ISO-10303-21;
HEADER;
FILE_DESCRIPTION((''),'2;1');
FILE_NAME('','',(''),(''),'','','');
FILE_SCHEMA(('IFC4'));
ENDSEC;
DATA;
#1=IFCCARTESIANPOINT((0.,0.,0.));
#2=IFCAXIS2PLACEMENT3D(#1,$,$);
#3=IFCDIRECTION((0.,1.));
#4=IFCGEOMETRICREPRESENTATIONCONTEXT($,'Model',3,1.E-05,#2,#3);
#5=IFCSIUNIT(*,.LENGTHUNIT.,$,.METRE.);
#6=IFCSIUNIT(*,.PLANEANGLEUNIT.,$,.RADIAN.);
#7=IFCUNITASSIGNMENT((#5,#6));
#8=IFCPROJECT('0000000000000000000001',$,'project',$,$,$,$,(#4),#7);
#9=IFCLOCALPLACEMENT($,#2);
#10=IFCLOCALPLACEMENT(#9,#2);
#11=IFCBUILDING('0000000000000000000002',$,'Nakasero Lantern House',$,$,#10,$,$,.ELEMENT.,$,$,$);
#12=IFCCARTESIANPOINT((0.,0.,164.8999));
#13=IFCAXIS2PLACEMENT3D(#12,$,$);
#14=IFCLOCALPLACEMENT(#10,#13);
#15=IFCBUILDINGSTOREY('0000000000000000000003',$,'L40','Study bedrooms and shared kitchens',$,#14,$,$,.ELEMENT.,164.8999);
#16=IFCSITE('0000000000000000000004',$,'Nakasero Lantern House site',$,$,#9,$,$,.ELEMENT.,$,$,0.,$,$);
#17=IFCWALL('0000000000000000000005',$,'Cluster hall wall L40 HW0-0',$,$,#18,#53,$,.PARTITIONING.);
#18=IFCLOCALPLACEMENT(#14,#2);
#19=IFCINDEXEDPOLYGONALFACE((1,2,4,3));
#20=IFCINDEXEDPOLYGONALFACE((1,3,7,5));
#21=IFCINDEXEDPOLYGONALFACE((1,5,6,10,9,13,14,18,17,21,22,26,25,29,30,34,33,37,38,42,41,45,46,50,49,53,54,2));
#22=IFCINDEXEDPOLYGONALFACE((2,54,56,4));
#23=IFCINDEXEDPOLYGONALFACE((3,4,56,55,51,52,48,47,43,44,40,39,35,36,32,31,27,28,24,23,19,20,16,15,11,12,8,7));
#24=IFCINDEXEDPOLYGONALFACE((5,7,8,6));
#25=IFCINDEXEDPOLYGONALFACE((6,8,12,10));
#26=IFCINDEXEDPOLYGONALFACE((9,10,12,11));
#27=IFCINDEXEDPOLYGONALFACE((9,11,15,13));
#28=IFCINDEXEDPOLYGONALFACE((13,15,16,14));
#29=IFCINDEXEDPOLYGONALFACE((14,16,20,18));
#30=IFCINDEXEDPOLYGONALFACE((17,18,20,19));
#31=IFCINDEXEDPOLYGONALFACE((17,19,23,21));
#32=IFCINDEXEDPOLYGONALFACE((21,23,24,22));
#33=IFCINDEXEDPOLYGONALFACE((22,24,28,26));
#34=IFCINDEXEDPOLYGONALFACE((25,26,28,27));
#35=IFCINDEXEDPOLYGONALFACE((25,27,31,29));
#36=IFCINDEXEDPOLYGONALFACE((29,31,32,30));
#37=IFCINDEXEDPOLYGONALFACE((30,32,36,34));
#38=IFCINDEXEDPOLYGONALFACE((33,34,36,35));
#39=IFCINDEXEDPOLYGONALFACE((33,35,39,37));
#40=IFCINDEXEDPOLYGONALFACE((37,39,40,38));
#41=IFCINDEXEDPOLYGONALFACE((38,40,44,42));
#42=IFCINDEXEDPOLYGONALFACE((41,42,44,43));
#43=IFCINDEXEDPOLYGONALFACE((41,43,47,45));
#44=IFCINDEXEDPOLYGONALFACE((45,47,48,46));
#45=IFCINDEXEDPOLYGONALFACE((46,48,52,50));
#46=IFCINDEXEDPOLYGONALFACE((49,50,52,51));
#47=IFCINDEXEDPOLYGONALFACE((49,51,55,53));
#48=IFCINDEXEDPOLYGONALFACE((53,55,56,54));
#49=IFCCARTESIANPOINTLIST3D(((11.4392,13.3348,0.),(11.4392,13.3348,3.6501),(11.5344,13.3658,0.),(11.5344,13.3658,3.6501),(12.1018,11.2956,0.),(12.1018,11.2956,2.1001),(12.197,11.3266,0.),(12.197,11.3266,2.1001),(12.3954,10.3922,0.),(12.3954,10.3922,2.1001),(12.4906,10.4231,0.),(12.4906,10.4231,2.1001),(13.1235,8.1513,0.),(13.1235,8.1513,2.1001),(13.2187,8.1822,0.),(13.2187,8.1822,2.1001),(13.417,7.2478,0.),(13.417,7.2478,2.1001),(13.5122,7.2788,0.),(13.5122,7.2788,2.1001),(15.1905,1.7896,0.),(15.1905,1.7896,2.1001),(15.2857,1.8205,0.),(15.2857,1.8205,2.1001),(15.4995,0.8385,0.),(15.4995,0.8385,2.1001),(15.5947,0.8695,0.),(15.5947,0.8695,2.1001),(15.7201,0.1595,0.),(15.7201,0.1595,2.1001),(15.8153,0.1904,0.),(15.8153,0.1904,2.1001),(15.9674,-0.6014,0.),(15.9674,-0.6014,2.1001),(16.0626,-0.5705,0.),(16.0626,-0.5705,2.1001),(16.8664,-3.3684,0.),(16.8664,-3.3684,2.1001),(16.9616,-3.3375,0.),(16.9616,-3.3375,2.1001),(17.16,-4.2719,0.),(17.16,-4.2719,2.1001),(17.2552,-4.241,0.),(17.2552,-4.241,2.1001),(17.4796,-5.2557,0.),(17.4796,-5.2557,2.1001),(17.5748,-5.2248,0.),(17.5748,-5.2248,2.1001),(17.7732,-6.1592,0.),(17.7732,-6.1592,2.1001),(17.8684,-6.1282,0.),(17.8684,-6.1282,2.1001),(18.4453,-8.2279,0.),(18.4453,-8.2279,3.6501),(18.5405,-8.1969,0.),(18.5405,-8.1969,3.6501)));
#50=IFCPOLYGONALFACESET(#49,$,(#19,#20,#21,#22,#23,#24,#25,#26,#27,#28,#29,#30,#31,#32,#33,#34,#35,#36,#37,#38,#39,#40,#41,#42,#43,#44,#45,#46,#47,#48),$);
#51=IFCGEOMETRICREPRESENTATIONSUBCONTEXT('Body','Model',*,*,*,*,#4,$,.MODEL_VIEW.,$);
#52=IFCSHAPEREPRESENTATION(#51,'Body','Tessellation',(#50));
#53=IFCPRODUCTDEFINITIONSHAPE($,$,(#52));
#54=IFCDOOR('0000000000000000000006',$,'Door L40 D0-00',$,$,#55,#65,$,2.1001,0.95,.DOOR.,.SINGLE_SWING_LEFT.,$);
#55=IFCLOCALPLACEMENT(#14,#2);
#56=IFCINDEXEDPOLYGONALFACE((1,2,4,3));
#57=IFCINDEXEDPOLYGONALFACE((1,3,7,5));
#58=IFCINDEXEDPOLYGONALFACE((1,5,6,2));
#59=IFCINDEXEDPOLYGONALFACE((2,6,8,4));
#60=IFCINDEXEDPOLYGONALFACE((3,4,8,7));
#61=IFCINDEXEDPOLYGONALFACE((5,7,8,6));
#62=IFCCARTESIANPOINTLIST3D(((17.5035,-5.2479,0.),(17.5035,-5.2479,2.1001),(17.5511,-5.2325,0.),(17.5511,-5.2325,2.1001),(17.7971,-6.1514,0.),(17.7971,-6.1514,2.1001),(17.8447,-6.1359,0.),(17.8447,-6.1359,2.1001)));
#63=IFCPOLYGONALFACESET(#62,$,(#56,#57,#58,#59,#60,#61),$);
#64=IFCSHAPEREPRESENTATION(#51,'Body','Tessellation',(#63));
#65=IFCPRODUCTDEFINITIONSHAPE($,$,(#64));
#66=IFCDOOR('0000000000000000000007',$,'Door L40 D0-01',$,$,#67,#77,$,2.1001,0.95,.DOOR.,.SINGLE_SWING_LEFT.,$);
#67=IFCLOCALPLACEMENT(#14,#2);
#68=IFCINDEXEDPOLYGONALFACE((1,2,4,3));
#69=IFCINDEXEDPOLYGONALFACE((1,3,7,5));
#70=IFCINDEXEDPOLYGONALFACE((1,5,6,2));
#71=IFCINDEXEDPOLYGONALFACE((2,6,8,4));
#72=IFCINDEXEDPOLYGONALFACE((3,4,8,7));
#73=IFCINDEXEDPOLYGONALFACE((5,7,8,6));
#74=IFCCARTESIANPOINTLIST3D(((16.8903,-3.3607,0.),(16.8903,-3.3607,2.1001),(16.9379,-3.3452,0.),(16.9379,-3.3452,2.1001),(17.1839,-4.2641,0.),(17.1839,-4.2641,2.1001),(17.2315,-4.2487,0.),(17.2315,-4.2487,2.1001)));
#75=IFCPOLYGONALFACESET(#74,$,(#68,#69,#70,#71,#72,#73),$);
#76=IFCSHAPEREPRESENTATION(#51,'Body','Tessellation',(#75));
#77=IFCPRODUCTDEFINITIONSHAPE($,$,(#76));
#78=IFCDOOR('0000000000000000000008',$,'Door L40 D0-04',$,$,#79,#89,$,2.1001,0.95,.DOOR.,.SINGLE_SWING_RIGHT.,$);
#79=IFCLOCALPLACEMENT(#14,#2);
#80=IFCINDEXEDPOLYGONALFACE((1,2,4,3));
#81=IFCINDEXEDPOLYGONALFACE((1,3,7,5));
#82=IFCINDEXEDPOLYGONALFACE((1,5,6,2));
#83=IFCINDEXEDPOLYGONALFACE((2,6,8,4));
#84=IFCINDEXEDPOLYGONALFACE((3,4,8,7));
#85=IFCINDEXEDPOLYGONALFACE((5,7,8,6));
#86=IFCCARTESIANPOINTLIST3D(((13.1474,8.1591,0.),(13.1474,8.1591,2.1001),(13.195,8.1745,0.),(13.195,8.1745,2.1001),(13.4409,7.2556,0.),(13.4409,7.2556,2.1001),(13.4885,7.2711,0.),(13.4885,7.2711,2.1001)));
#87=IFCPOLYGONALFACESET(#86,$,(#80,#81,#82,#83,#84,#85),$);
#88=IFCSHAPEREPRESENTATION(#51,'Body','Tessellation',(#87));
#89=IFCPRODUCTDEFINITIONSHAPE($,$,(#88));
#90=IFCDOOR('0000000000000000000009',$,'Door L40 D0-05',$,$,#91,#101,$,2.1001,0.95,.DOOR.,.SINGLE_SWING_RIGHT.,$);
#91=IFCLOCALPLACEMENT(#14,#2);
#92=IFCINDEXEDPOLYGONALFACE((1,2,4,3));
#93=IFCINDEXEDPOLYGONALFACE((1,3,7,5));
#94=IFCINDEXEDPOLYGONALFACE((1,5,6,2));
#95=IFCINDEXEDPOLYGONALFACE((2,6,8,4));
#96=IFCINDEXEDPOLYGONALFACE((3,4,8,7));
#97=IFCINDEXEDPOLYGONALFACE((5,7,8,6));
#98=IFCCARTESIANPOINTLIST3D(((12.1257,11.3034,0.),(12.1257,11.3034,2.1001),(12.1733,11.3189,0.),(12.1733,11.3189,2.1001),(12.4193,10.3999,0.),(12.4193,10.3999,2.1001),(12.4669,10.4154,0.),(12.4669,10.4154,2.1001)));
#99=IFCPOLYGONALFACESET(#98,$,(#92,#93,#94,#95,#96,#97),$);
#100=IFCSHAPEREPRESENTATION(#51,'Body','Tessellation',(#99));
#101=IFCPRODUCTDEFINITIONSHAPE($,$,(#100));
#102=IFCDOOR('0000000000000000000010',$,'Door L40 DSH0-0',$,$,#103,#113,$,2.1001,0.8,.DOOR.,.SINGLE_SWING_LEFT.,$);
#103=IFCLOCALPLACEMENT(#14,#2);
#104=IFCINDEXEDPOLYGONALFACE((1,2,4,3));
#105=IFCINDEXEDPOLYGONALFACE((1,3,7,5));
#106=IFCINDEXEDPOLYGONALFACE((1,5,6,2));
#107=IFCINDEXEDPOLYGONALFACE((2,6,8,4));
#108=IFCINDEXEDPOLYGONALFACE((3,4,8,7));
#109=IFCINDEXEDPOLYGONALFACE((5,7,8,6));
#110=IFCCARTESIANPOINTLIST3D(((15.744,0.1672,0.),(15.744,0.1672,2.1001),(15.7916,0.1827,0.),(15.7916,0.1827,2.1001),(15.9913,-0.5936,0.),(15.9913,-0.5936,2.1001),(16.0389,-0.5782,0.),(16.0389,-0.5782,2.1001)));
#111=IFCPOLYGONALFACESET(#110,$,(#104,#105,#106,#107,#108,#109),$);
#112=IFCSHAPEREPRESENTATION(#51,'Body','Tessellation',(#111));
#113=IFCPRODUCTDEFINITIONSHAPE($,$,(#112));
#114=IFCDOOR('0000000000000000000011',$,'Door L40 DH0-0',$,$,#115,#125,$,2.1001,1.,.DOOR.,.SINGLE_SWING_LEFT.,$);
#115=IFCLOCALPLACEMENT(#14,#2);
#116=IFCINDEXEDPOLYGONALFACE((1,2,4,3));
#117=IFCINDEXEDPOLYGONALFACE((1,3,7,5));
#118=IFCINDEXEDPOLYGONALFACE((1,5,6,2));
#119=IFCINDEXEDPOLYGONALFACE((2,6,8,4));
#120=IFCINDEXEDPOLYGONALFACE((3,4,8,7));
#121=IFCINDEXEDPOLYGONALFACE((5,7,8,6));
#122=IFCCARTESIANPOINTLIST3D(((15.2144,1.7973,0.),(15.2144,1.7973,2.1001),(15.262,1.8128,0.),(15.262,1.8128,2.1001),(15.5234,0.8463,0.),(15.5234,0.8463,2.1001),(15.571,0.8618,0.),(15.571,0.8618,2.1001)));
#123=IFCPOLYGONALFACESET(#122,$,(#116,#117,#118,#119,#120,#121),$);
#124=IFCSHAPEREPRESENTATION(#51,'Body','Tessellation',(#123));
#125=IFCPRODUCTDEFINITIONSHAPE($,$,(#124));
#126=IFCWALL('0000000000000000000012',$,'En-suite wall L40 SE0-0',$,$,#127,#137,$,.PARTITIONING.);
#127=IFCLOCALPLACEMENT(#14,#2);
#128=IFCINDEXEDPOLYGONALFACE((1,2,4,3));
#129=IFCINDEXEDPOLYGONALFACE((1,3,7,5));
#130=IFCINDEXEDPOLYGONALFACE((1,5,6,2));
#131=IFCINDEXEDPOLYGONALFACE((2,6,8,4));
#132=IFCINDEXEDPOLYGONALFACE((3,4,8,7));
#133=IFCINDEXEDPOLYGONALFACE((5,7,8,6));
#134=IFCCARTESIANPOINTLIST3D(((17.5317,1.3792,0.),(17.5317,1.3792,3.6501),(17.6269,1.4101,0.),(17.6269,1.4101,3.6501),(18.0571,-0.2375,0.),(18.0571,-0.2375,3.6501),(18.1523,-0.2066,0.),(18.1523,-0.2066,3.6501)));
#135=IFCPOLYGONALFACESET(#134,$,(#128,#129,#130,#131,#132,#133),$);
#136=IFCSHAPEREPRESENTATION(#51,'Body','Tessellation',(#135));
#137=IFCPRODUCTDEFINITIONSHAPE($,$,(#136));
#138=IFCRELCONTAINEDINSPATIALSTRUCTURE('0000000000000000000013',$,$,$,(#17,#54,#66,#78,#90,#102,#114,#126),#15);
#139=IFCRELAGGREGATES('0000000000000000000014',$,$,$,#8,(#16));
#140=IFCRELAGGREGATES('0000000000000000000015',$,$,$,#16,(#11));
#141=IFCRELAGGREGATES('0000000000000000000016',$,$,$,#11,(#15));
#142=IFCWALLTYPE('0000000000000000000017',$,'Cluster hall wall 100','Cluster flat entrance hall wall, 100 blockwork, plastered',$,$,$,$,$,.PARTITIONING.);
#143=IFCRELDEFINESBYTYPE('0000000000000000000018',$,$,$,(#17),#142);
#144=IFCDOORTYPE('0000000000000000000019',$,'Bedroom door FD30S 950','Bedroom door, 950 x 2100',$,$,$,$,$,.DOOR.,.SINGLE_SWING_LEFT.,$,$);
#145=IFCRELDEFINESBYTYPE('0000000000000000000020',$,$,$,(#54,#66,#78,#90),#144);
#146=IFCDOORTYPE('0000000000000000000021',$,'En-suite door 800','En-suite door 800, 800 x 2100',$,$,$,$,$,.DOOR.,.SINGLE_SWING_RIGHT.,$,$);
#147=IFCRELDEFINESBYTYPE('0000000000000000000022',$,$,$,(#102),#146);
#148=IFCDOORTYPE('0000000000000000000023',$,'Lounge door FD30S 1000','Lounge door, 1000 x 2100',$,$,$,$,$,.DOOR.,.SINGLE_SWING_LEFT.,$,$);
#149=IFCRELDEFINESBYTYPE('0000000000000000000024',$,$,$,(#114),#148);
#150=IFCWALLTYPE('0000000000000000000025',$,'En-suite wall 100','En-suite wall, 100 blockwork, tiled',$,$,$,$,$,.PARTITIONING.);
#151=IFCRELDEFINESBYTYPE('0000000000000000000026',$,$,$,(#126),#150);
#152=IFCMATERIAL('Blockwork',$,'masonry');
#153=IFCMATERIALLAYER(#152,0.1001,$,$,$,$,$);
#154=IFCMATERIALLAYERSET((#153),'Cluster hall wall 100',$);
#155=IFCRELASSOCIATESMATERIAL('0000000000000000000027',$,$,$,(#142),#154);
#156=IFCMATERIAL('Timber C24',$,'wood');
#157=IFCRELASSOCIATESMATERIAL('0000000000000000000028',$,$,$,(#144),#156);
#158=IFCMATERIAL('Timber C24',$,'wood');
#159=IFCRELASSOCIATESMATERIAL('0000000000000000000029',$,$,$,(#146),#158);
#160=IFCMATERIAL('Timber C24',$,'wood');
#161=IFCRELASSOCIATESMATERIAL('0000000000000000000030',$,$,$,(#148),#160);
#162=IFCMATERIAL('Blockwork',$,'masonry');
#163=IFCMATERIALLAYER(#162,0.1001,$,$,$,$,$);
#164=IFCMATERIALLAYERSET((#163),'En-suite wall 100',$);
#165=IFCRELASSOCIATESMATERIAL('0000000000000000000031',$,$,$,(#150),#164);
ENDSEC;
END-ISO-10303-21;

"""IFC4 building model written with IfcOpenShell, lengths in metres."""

from ifc_helpers import new_model, si_unit, direction, frame, frame_2d, origin, place, context, subcontext, project, spatial, rectangle, extrude, material, layer, layer_set, type_object, element, fill, save


model = new_model("IFC4")

# Units and contexts
model_context = context("Model", 3, precision=1e-05, world=origin(), true_north=direction((0.0, 1.0)))
body_context = subcontext(model_context, "Body", "Model", "MODEL_VIEW")
ifc_project = project(units=[si_unit("LENGTHUNIT", "METRE"), si_unit("PLANEANGLEUNIT", "RADIAN")], contexts=[model_context])

# Site, building, storey
site_placement = place(None, origin())
site = spatial("IfcSite", under=ifc_project, at=site_placement, Name="Nakasero Lantern House site", CompositionType="ELEMENT", RefElevation=0.0)
building_placement = place(site_placement, origin())
building = spatial("IfcBuilding", under=site, at=building_placement, Name="Nakasero Lantern House", CompositionType="ELEMENT")
storey_placement = place(building_placement, frame((0.0, 0.0, 164.8999)))
storey = spatial("IfcBuildingStorey", under=building, at=storey_placement, Name="L40", Description="Study bedrooms and shared kitchens", CompositionType="ELEMENT", Elevation=164.8999)

# Wall, openings, doors
ifc_material_1 = material(Name="Blockwork", Category="masonry")
ifc_layer_1 = layer(ifc_material_1, 0.1001)
ifc_layer_set_1 = layer_set([ifc_layer_1], Name="Cluster hall wall 100")
wall_type_1 = type_object("IfcWallType", Name="Cluster hall wall 100", Description="Cluster flat entrance hall wall, 100 blockwork, plastered", PredefinedType="PARTITIONING", material=ifc_layer_set_1)
wall_1_placement = place(storey_placement, frame((18.4929, -8.2124, 0.0), z_axis=(0.0, 0.0, 1.0), x_axis=(-0.309015, 0.951057, 0.0)))
wall_1 = element("IfcWall", 1, at=wall_1_placement, inside=storey, type_object=wall_type_1, Name="Cluster hall wall L40 HW0-0", PredefinedType="PARTITIONING", context=body_context, shape_type="SweptSolid", body=[
    extrude(rectangle(XDim=22.6724, YDim=0.1001, at=frame_2d((11.3362, 0.0))), origin(), (0.0, 0.0, 1.0), 3.6501),
])
opening_1_placement = place(wall_1_placement, frame((9.533, 0.0, 0.0)))
opening_1 = element("IfcOpeningElement", 2, at=opening_1_placement, cuts=wall_1, PredefinedType="OPENING", context=body_context, shape_type="SweptSolid", body=[
    extrude(rectangle(XDim=1.0, YDim=2.1001, at=frame_2d((0.5, 1.05))), frame((0.0, 0.0701, 0.0), z_axis=(0.0, -1.0, 0.0), x_axis=(1.0, 0.0, 0.0)), (0.0, 0.0, 1.0), 0.1401),
])
opening_2_placement = place(wall_1_placement, frame((8.019, 0.0, 0.0)))
opening_2 = element("IfcOpeningElement", 3, at=opening_2_placement, cuts=wall_1, PredefinedType="OPENING", context=body_context, shape_type="SweptSolid", body=[
    extrude(rectangle(XDim=0.8, YDim=2.1001, at=frame_2d((0.3999, 1.05))), frame((0.0, 0.0701, 0.0), z_axis=(0.0, -1.0, 0.0), x_axis=(1.0, 0.0, 0.0)), (0.0, 0.0, 1.0), 0.1401),
])
opening_3_placement = place(wall_1_placement, frame((2.175, 0.0, 0.0)))
opening_3 = element("IfcOpeningElement", 4, at=opening_3_placement, cuts=wall_1, PredefinedType="OPENING", context=body_context, shape_type="SweptSolid", body=[
    extrude(rectangle(XDim=0.95, YDim=2.1001, at=frame_2d((0.4751, 1.05))), frame((0.0, 0.0701, 0.0), z_axis=(0.0, -1.0, 0.0), x_axis=(1.0, 0.0, 0.0)), (0.0, 0.0, 1.0), 0.1401),
])
opening_4_placement = place(wall_1_placement, frame((4.1594, 0.0, 0.0)))
opening_4 = element("IfcOpeningElement", 5, at=opening_4_placement, cuts=wall_1, PredefinedType="OPENING", context=body_context, shape_type="SweptSolid", body=[
    extrude(rectangle(XDim=0.95, YDim=2.1001, at=frame_2d((0.4751, 1.05))), frame((0.0, 0.0701, 0.0), z_axis=(0.0, -1.0, 0.0), x_axis=(1.0, 0.0, 0.0)), (0.0, 0.0, 1.0), 0.1401),
])
opening_5_placement = place(wall_1_placement, frame((16.272, 0.0, 0.0)))
opening_5 = element("IfcOpeningElement", 6, at=opening_5_placement, cuts=wall_1, PredefinedType="OPENING", context=body_context, shape_type="SweptSolid", body=[
    extrude(rectangle(XDim=0.95, YDim=2.1001, at=frame_2d((0.4751, 1.05))), frame((0.0, 0.0701, 0.0), z_axis=(0.0, -1.0, 0.0), x_axis=(1.0, 0.0, 0.0)), (0.0, 0.0, 1.0), 0.1401),
])
opening_6_placement = place(wall_1_placement, frame((19.5781, 0.0, 0.0)))
opening_6 = element("IfcOpeningElement", 7, at=opening_6_placement, cuts=wall_1, PredefinedType="OPENING", context=body_context, shape_type="SweptSolid", body=[
    extrude(rectangle(XDim=0.95, YDim=2.1001, at=frame_2d((0.4751, 1.05))), frame((0.0, 0.0701, 0.0), z_axis=(0.0, -1.0, 0.0), x_axis=(1.0, 0.0, 0.0)), (0.0, 0.0, 1.0), 0.1401),
])
ifc_material_2 = material(Name="Timber C24", Category="wood")
door_type_1 = type_object("IfcDoorType", Name="Bedroom door FD30S 950", Description="Bedroom door, 950 x 2100", OperationType="SINGLE_SWING_LEFT", PredefinedType="DOOR", material=ifc_material_2)
door_1_placement = place(opening_3_placement, origin())
door_1 = element("IfcDoor", 8, at=door_1_placement, inside=storey, type_object=door_type_1, Name="Door L40 D0-00", OperationType="SINGLE_SWING_LEFT", OverallHeight=2.1001, OverallWidth=0.95, PredefinedType="DOOR", context=body_context, shape_type="SweptSolid", body=[
    extrude(rectangle(XDim=0.95, YDim=2.1001, at=frame_2d((0.4751, 1.05))), frame((0.0, 0.0249, 0.0), z_axis=(0.0, -1.0, 0.0), x_axis=(1.0, 0.0, 0.0)), (0.0, 0.0, 1.0), 0.05),
])
fill(opening_3, door_1)
door_2_placement = place(opening_4_placement, origin())
door_2 = element("IfcDoor", 9, at=door_2_placement, inside=storey, type_object=door_type_1, Name="Door L40 D0-01", OperationType="SINGLE_SWING_LEFT", OverallHeight=2.1001, OverallWidth=0.95, PredefinedType="DOOR", context=body_context, shape_type="SweptSolid", body=[
    extrude(rectangle(XDim=0.95, YDim=2.1001, at=frame_2d((0.4751, 1.05))), frame((0.0, 0.0249, 0.0), z_axis=(0.0, -1.0, 0.0), x_axis=(1.0, 0.0, 0.0)), (0.0, 0.0, 1.0), 0.05),
])
fill(opening_4, door_2)
door_3_placement = place(opening_5_placement, origin())
door_3 = element("IfcDoor", 10, at=door_3_placement, inside=storey, type_object=door_type_1, Name="Door L40 D0-04", OperationType="SINGLE_SWING_RIGHT", OverallHeight=2.1001, OverallWidth=0.95, PredefinedType="DOOR", context=body_context, shape_type="SweptSolid", body=[
    extrude(rectangle(XDim=0.95, YDim=2.1001, at=frame_2d((0.4751, 1.05))), frame((0.0, 0.0249, 0.0), z_axis=(0.0, -1.0, 0.0), x_axis=(1.0, 0.0, 0.0)), (0.0, 0.0, 1.0), 0.05),
])
fill(opening_5, door_3)
door_4_placement = place(opening_6_placement, origin())
door_4 = element("IfcDoor", 11, at=door_4_placement, inside=storey, type_object=door_type_1, Name="Door L40 D0-05", OperationType="SINGLE_SWING_RIGHT", OverallHeight=2.1001, OverallWidth=0.95, PredefinedType="DOOR", context=body_context, shape_type="SweptSolid", body=[
    extrude(rectangle(XDim=0.95, YDim=2.1001, at=frame_2d((0.4751, 1.05))), frame((0.0, 0.0249, 0.0), z_axis=(0.0, -1.0, 0.0), x_axis=(1.0, 0.0, 0.0)), (0.0, 0.0, 1.0), 0.05),
])
fill(opening_6, door_4)
ifc_material_3 = material(Name="Timber C24", Category="wood")
door_type_2 = type_object("IfcDoorType", Name="En-suite door 800", Description="En-suite door 800, 800 x 2100", OperationType="SINGLE_SWING_RIGHT", PredefinedType="DOOR", material=ifc_material_3)
door_5_placement = place(opening_2_placement, origin())
door_5 = element("IfcDoor", 12, at=door_5_placement, inside=storey, type_object=door_type_2, Name="Door L40 DSH0-0", OperationType="SINGLE_SWING_LEFT", OverallHeight=2.1001, OverallWidth=0.8, PredefinedType="DOOR", context=body_context, shape_type="SweptSolid", body=[
    extrude(rectangle(XDim=0.8, YDim=2.1001, at=frame_2d((0.3999, 1.05))), frame((0.0, 0.0249, 0.0), z_axis=(0.0, -1.0, 0.0), x_axis=(1.0, 0.0, 0.0)), (0.0, 0.0, 1.0), 0.05),
])
fill(opening_2, door_5)
ifc_material_4 = material(Name="Timber C24", Category="wood")
door_type_3 = type_object("IfcDoorType", Name="Lounge door FD30S 1000", Description="Lounge door, 1000 x 2100", OperationType="SINGLE_SWING_LEFT", PredefinedType="DOOR", material=ifc_material_4)
door_6_placement = place(opening_1_placement, origin())
door_6 = element("IfcDoor", 13, at=door_6_placement, inside=storey, type_object=door_type_3, Name="Door L40 DH0-0", OperationType="SINGLE_SWING_LEFT", OverallHeight=2.1001, OverallWidth=1.0, PredefinedType="DOOR", context=body_context, shape_type="SweptSolid", body=[
    extrude(rectangle(XDim=1.0, YDim=2.1001, at=frame_2d((0.5, 1.05))), frame((0.0, 0.0249, 0.0), z_axis=(0.0, -1.0, 0.0), x_axis=(1.0, 0.0, 0.0)), (0.0, 0.0, 1.0), 0.05),
])
fill(opening_1, door_6)

# Wall
ifc_material_5 = material(Name="Blockwork", Category="masonry")
ifc_layer_2 = layer(ifc_material_5, 0.1001)
ifc_layer_set_2 = layer_set([ifc_layer_2], Name="En-suite wall 100")
wall_type_2 = type_object("IfcWallType", Name="En-suite wall 100", Description="En-suite wall, 100 blockwork, tiled", PredefinedType="PARTITIONING", material=ifc_layer_set_2)
wall_2_placement = place(storey_placement, frame((18.1047, -0.2222, 0.0), z_axis=(0.0, 0.0, 1.0), x_axis=(-0.309067, 0.95104, 0.0)))
element("IfcWall", 14, at=wall_2_placement, inside=storey, type_object=wall_type_2, Name="En-suite wall L40 SE0-0", PredefinedType="PARTITIONING", context=body_context, shape_type="SweptSolid", body=[
    extrude(rectangle(XDim=1.7, YDim=0.1001, at=frame_2d((0.8501, 0.0))), origin(), (0.0, 0.0, 1.0), 3.6501),
])

save(model, "model.ifc")
